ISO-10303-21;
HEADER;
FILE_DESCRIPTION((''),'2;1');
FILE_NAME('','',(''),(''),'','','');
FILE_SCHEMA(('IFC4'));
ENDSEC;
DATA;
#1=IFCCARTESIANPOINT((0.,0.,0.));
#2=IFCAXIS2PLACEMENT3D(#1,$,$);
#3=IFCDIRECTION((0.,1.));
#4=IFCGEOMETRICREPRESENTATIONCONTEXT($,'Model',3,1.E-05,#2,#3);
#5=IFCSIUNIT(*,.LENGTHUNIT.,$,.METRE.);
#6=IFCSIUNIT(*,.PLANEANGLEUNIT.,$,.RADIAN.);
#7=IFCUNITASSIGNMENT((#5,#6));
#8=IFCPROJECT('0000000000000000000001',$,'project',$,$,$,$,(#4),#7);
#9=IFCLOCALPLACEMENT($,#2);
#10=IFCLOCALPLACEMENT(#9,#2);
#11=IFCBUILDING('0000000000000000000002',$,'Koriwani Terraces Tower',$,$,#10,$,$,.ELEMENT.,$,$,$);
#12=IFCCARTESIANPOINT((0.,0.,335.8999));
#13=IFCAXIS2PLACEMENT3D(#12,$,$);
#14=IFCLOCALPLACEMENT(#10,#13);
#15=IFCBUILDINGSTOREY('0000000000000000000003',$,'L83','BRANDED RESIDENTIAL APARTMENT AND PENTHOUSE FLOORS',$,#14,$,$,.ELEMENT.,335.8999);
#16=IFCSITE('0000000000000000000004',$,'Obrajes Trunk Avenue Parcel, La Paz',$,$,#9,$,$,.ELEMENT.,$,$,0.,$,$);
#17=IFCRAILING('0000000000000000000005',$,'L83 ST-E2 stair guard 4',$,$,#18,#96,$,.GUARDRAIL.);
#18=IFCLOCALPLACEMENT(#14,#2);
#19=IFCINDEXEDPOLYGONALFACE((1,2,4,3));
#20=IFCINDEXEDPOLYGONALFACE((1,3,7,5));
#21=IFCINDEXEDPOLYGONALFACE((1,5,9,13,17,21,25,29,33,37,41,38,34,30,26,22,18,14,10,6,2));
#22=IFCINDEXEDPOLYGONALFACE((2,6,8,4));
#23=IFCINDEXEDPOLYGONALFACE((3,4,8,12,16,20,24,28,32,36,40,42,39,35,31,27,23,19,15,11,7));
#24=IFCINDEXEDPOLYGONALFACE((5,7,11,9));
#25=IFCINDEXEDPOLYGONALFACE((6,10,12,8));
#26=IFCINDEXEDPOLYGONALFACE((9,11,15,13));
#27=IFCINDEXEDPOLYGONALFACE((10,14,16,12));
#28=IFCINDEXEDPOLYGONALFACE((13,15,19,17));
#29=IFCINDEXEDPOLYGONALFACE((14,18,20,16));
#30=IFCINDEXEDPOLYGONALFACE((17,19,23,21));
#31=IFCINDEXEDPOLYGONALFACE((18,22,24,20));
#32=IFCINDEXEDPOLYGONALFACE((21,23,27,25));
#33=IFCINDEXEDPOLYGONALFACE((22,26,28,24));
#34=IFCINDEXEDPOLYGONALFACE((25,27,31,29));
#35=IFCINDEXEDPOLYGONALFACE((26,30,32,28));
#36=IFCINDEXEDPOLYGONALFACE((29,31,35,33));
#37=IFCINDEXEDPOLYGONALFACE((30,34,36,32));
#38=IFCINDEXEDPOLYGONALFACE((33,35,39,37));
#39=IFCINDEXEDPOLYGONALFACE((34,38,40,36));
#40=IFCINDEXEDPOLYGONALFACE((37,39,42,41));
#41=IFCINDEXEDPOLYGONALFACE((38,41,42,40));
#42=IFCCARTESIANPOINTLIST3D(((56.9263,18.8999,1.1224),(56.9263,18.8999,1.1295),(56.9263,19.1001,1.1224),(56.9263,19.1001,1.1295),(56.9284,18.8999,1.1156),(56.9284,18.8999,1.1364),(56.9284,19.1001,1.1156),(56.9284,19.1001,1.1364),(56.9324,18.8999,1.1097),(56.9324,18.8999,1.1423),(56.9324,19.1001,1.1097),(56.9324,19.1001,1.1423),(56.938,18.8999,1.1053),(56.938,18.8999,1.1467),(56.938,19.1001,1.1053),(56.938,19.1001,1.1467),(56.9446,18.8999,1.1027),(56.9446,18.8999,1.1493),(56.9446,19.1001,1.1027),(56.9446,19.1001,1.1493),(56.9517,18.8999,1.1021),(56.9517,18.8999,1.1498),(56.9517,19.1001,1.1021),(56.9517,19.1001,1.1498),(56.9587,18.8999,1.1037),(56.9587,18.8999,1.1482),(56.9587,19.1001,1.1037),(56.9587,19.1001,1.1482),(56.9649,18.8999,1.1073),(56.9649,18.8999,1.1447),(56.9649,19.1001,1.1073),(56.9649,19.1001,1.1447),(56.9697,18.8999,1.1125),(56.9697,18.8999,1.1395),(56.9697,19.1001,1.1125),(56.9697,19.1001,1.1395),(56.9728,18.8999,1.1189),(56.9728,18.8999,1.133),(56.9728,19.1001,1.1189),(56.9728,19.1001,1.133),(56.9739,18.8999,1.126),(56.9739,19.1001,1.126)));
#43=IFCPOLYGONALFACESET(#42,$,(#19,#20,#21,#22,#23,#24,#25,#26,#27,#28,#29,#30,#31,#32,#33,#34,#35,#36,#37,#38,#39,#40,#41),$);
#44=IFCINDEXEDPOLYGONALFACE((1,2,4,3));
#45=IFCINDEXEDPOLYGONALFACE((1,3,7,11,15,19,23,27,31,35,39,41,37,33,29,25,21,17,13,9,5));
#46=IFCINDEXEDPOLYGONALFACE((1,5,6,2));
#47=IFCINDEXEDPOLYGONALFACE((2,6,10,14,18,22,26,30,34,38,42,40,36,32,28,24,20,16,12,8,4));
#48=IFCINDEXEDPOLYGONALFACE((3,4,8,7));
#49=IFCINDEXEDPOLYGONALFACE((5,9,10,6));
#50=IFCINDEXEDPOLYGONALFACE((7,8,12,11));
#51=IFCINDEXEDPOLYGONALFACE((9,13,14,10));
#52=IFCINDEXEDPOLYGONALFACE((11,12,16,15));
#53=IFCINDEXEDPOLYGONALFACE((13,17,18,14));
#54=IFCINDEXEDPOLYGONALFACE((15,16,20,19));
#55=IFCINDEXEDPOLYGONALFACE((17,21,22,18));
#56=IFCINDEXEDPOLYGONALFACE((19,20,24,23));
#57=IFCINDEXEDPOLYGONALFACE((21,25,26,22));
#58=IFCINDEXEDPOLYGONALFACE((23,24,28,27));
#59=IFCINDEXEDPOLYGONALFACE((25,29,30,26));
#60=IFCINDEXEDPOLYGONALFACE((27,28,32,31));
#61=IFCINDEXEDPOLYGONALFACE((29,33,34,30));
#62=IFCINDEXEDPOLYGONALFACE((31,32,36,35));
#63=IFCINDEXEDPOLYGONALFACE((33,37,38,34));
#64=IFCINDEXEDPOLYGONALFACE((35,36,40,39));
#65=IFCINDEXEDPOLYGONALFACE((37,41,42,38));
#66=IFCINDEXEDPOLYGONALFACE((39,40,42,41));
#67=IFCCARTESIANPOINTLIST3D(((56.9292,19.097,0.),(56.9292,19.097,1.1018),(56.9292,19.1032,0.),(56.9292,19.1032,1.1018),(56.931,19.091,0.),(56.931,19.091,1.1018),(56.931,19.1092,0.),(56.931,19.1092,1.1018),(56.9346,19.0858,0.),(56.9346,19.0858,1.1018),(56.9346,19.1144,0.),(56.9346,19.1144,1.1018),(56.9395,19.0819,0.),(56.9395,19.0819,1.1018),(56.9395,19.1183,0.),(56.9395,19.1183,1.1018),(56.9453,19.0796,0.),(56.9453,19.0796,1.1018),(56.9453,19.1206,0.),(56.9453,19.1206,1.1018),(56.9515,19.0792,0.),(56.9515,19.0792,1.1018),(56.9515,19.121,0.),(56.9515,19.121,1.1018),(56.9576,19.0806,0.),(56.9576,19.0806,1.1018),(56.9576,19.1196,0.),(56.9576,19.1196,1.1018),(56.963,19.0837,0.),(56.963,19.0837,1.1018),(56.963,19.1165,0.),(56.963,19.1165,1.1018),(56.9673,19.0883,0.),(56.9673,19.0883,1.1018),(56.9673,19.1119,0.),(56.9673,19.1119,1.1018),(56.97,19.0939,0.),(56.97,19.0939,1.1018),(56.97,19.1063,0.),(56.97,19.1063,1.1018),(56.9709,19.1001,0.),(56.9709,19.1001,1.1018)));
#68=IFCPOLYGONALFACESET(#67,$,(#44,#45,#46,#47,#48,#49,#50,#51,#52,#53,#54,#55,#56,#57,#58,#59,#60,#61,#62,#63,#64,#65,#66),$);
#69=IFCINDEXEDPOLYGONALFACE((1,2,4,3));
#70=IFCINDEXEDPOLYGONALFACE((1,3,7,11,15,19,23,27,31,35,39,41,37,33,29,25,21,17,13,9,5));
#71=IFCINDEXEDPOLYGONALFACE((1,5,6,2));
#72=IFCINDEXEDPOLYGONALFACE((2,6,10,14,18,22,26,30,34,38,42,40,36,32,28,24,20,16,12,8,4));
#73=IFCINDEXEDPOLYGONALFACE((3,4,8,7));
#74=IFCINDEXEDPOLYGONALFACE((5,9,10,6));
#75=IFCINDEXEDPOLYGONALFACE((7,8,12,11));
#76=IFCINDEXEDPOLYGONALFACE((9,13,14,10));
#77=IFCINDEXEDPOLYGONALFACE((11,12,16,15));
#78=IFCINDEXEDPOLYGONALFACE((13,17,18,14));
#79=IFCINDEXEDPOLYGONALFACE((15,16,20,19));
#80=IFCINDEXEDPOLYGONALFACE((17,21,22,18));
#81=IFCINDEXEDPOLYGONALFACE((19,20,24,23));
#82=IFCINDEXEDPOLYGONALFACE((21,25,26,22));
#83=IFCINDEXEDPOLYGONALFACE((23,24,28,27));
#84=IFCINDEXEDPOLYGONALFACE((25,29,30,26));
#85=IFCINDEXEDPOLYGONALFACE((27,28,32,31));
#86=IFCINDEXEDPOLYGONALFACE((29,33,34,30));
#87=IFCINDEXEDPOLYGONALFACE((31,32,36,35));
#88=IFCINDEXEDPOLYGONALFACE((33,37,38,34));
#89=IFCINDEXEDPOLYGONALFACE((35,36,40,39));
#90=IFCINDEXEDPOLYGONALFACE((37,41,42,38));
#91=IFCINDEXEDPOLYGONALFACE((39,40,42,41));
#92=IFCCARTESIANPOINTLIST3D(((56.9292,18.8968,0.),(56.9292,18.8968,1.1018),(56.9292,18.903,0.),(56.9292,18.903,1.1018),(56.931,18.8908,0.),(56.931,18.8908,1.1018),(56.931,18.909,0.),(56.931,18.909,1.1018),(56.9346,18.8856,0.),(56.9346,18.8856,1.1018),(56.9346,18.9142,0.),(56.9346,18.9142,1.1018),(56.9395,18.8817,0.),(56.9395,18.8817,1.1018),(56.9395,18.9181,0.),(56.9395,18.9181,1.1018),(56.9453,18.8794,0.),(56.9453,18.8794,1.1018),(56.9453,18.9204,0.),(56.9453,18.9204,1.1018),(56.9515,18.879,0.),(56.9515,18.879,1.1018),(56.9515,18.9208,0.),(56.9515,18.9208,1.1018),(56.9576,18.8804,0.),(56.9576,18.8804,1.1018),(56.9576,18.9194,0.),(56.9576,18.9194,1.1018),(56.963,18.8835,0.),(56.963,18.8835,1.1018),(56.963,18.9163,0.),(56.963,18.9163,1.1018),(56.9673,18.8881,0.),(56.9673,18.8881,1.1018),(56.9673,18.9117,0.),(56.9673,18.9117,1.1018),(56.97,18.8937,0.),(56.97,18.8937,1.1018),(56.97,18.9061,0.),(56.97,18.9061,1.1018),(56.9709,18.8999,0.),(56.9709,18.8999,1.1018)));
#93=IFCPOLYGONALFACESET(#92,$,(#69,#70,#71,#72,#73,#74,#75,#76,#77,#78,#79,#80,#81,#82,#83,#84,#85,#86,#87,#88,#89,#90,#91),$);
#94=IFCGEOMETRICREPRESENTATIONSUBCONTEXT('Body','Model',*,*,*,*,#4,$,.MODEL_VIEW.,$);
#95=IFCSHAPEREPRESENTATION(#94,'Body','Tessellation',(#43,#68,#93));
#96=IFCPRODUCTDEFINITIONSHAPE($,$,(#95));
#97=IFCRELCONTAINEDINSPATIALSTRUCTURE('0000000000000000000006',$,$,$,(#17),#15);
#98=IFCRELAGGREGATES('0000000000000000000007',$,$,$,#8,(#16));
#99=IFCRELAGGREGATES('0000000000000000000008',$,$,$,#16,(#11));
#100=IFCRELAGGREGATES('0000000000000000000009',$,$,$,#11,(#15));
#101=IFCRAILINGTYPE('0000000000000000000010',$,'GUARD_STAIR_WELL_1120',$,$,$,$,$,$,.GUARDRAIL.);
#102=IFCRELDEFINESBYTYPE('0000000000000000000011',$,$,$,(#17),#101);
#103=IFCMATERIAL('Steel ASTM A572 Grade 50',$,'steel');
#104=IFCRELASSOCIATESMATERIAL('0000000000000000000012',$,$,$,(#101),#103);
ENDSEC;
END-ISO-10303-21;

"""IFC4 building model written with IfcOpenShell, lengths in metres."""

from ifc_helpers import new_model, si_unit, direction, frame, origin, origin_2d, place, context, subcontext, project, spatial, circle, extrude, material, type_object, element, save


model = new_model("IFC4")

# Units and contexts
model_context = context("Model", 3, precision=1e-05, world=origin(), true_north=direction((0.0, 1.0)))
body_context = subcontext(model_context, "Body", "Model", "MODEL_VIEW")
ifc_project = project(units=[si_unit("LENGTHUNIT", "METRE"), si_unit("PLANEANGLEUNIT", "RADIAN")], contexts=[model_context])

# Site, building, storey
site_placement = place(None, origin())
site = spatial("IfcSite", under=ifc_project, at=site_placement, Name="Obrajes Trunk Avenue Parcel, La Paz", CompositionType="ELEMENT", RefElevation=0.0)
building_placement = place(site_placement, origin())
building = spatial("IfcBuilding", under=site, at=building_placement, Name="Koriwani Terraces Tower", CompositionType="ELEMENT")
storey_placement = place(building_placement, frame((0.0, 0.0, 335.8999)))
storey = spatial("IfcBuildingStorey", under=building, at=storey_placement, Name="L83", Description="BRANDED RESIDENTIAL APARTMENT AND PENTHOUSE FLOORS", CompositionType="ELEMENT", Elevation=335.8999)

# Shared definitions
ifc_material_1 = material(Name="Steel ASTM A572 Grade 50", Category="steel")

# Railing
railing_type = type_object("IfcRailingType", Name="GUARD_STAIR_WELL_1120", PredefinedType="GUARDRAIL", material=ifc_material_1)
railing_1_placement = place(storey_placement, frame((56.95, 19.1001, 0.0)))
element("IfcRailing", 1, at=railing_1_placement, inside=storey, type_object=railing_type, Name="L83 ST-E2 stair guard 4", PredefinedType="GUARDRAIL", context=body_context, shape_type="SweptSolid", body=[
    extrude(circle(Radius=0.0239, at=origin_2d()), frame((0.0, 0.0, 1.126), z_axis=(0.0, -1.0, 0.0), x_axis=(1.0, 0.0, 0.0)), (0.0, 0.0, 1.0), 0.2002),
    extrude(circle(Radius=0.021, at=origin_2d()), origin(), (0.0, 0.0, 1.0), 1.1018),
    extrude(circle(Radius=0.021, at=origin_2d()), frame((0.0, -0.2002, 0.0)), (0.0, 0.0, 1.0), 1.1018),
])

save(model, "model.ifc")
